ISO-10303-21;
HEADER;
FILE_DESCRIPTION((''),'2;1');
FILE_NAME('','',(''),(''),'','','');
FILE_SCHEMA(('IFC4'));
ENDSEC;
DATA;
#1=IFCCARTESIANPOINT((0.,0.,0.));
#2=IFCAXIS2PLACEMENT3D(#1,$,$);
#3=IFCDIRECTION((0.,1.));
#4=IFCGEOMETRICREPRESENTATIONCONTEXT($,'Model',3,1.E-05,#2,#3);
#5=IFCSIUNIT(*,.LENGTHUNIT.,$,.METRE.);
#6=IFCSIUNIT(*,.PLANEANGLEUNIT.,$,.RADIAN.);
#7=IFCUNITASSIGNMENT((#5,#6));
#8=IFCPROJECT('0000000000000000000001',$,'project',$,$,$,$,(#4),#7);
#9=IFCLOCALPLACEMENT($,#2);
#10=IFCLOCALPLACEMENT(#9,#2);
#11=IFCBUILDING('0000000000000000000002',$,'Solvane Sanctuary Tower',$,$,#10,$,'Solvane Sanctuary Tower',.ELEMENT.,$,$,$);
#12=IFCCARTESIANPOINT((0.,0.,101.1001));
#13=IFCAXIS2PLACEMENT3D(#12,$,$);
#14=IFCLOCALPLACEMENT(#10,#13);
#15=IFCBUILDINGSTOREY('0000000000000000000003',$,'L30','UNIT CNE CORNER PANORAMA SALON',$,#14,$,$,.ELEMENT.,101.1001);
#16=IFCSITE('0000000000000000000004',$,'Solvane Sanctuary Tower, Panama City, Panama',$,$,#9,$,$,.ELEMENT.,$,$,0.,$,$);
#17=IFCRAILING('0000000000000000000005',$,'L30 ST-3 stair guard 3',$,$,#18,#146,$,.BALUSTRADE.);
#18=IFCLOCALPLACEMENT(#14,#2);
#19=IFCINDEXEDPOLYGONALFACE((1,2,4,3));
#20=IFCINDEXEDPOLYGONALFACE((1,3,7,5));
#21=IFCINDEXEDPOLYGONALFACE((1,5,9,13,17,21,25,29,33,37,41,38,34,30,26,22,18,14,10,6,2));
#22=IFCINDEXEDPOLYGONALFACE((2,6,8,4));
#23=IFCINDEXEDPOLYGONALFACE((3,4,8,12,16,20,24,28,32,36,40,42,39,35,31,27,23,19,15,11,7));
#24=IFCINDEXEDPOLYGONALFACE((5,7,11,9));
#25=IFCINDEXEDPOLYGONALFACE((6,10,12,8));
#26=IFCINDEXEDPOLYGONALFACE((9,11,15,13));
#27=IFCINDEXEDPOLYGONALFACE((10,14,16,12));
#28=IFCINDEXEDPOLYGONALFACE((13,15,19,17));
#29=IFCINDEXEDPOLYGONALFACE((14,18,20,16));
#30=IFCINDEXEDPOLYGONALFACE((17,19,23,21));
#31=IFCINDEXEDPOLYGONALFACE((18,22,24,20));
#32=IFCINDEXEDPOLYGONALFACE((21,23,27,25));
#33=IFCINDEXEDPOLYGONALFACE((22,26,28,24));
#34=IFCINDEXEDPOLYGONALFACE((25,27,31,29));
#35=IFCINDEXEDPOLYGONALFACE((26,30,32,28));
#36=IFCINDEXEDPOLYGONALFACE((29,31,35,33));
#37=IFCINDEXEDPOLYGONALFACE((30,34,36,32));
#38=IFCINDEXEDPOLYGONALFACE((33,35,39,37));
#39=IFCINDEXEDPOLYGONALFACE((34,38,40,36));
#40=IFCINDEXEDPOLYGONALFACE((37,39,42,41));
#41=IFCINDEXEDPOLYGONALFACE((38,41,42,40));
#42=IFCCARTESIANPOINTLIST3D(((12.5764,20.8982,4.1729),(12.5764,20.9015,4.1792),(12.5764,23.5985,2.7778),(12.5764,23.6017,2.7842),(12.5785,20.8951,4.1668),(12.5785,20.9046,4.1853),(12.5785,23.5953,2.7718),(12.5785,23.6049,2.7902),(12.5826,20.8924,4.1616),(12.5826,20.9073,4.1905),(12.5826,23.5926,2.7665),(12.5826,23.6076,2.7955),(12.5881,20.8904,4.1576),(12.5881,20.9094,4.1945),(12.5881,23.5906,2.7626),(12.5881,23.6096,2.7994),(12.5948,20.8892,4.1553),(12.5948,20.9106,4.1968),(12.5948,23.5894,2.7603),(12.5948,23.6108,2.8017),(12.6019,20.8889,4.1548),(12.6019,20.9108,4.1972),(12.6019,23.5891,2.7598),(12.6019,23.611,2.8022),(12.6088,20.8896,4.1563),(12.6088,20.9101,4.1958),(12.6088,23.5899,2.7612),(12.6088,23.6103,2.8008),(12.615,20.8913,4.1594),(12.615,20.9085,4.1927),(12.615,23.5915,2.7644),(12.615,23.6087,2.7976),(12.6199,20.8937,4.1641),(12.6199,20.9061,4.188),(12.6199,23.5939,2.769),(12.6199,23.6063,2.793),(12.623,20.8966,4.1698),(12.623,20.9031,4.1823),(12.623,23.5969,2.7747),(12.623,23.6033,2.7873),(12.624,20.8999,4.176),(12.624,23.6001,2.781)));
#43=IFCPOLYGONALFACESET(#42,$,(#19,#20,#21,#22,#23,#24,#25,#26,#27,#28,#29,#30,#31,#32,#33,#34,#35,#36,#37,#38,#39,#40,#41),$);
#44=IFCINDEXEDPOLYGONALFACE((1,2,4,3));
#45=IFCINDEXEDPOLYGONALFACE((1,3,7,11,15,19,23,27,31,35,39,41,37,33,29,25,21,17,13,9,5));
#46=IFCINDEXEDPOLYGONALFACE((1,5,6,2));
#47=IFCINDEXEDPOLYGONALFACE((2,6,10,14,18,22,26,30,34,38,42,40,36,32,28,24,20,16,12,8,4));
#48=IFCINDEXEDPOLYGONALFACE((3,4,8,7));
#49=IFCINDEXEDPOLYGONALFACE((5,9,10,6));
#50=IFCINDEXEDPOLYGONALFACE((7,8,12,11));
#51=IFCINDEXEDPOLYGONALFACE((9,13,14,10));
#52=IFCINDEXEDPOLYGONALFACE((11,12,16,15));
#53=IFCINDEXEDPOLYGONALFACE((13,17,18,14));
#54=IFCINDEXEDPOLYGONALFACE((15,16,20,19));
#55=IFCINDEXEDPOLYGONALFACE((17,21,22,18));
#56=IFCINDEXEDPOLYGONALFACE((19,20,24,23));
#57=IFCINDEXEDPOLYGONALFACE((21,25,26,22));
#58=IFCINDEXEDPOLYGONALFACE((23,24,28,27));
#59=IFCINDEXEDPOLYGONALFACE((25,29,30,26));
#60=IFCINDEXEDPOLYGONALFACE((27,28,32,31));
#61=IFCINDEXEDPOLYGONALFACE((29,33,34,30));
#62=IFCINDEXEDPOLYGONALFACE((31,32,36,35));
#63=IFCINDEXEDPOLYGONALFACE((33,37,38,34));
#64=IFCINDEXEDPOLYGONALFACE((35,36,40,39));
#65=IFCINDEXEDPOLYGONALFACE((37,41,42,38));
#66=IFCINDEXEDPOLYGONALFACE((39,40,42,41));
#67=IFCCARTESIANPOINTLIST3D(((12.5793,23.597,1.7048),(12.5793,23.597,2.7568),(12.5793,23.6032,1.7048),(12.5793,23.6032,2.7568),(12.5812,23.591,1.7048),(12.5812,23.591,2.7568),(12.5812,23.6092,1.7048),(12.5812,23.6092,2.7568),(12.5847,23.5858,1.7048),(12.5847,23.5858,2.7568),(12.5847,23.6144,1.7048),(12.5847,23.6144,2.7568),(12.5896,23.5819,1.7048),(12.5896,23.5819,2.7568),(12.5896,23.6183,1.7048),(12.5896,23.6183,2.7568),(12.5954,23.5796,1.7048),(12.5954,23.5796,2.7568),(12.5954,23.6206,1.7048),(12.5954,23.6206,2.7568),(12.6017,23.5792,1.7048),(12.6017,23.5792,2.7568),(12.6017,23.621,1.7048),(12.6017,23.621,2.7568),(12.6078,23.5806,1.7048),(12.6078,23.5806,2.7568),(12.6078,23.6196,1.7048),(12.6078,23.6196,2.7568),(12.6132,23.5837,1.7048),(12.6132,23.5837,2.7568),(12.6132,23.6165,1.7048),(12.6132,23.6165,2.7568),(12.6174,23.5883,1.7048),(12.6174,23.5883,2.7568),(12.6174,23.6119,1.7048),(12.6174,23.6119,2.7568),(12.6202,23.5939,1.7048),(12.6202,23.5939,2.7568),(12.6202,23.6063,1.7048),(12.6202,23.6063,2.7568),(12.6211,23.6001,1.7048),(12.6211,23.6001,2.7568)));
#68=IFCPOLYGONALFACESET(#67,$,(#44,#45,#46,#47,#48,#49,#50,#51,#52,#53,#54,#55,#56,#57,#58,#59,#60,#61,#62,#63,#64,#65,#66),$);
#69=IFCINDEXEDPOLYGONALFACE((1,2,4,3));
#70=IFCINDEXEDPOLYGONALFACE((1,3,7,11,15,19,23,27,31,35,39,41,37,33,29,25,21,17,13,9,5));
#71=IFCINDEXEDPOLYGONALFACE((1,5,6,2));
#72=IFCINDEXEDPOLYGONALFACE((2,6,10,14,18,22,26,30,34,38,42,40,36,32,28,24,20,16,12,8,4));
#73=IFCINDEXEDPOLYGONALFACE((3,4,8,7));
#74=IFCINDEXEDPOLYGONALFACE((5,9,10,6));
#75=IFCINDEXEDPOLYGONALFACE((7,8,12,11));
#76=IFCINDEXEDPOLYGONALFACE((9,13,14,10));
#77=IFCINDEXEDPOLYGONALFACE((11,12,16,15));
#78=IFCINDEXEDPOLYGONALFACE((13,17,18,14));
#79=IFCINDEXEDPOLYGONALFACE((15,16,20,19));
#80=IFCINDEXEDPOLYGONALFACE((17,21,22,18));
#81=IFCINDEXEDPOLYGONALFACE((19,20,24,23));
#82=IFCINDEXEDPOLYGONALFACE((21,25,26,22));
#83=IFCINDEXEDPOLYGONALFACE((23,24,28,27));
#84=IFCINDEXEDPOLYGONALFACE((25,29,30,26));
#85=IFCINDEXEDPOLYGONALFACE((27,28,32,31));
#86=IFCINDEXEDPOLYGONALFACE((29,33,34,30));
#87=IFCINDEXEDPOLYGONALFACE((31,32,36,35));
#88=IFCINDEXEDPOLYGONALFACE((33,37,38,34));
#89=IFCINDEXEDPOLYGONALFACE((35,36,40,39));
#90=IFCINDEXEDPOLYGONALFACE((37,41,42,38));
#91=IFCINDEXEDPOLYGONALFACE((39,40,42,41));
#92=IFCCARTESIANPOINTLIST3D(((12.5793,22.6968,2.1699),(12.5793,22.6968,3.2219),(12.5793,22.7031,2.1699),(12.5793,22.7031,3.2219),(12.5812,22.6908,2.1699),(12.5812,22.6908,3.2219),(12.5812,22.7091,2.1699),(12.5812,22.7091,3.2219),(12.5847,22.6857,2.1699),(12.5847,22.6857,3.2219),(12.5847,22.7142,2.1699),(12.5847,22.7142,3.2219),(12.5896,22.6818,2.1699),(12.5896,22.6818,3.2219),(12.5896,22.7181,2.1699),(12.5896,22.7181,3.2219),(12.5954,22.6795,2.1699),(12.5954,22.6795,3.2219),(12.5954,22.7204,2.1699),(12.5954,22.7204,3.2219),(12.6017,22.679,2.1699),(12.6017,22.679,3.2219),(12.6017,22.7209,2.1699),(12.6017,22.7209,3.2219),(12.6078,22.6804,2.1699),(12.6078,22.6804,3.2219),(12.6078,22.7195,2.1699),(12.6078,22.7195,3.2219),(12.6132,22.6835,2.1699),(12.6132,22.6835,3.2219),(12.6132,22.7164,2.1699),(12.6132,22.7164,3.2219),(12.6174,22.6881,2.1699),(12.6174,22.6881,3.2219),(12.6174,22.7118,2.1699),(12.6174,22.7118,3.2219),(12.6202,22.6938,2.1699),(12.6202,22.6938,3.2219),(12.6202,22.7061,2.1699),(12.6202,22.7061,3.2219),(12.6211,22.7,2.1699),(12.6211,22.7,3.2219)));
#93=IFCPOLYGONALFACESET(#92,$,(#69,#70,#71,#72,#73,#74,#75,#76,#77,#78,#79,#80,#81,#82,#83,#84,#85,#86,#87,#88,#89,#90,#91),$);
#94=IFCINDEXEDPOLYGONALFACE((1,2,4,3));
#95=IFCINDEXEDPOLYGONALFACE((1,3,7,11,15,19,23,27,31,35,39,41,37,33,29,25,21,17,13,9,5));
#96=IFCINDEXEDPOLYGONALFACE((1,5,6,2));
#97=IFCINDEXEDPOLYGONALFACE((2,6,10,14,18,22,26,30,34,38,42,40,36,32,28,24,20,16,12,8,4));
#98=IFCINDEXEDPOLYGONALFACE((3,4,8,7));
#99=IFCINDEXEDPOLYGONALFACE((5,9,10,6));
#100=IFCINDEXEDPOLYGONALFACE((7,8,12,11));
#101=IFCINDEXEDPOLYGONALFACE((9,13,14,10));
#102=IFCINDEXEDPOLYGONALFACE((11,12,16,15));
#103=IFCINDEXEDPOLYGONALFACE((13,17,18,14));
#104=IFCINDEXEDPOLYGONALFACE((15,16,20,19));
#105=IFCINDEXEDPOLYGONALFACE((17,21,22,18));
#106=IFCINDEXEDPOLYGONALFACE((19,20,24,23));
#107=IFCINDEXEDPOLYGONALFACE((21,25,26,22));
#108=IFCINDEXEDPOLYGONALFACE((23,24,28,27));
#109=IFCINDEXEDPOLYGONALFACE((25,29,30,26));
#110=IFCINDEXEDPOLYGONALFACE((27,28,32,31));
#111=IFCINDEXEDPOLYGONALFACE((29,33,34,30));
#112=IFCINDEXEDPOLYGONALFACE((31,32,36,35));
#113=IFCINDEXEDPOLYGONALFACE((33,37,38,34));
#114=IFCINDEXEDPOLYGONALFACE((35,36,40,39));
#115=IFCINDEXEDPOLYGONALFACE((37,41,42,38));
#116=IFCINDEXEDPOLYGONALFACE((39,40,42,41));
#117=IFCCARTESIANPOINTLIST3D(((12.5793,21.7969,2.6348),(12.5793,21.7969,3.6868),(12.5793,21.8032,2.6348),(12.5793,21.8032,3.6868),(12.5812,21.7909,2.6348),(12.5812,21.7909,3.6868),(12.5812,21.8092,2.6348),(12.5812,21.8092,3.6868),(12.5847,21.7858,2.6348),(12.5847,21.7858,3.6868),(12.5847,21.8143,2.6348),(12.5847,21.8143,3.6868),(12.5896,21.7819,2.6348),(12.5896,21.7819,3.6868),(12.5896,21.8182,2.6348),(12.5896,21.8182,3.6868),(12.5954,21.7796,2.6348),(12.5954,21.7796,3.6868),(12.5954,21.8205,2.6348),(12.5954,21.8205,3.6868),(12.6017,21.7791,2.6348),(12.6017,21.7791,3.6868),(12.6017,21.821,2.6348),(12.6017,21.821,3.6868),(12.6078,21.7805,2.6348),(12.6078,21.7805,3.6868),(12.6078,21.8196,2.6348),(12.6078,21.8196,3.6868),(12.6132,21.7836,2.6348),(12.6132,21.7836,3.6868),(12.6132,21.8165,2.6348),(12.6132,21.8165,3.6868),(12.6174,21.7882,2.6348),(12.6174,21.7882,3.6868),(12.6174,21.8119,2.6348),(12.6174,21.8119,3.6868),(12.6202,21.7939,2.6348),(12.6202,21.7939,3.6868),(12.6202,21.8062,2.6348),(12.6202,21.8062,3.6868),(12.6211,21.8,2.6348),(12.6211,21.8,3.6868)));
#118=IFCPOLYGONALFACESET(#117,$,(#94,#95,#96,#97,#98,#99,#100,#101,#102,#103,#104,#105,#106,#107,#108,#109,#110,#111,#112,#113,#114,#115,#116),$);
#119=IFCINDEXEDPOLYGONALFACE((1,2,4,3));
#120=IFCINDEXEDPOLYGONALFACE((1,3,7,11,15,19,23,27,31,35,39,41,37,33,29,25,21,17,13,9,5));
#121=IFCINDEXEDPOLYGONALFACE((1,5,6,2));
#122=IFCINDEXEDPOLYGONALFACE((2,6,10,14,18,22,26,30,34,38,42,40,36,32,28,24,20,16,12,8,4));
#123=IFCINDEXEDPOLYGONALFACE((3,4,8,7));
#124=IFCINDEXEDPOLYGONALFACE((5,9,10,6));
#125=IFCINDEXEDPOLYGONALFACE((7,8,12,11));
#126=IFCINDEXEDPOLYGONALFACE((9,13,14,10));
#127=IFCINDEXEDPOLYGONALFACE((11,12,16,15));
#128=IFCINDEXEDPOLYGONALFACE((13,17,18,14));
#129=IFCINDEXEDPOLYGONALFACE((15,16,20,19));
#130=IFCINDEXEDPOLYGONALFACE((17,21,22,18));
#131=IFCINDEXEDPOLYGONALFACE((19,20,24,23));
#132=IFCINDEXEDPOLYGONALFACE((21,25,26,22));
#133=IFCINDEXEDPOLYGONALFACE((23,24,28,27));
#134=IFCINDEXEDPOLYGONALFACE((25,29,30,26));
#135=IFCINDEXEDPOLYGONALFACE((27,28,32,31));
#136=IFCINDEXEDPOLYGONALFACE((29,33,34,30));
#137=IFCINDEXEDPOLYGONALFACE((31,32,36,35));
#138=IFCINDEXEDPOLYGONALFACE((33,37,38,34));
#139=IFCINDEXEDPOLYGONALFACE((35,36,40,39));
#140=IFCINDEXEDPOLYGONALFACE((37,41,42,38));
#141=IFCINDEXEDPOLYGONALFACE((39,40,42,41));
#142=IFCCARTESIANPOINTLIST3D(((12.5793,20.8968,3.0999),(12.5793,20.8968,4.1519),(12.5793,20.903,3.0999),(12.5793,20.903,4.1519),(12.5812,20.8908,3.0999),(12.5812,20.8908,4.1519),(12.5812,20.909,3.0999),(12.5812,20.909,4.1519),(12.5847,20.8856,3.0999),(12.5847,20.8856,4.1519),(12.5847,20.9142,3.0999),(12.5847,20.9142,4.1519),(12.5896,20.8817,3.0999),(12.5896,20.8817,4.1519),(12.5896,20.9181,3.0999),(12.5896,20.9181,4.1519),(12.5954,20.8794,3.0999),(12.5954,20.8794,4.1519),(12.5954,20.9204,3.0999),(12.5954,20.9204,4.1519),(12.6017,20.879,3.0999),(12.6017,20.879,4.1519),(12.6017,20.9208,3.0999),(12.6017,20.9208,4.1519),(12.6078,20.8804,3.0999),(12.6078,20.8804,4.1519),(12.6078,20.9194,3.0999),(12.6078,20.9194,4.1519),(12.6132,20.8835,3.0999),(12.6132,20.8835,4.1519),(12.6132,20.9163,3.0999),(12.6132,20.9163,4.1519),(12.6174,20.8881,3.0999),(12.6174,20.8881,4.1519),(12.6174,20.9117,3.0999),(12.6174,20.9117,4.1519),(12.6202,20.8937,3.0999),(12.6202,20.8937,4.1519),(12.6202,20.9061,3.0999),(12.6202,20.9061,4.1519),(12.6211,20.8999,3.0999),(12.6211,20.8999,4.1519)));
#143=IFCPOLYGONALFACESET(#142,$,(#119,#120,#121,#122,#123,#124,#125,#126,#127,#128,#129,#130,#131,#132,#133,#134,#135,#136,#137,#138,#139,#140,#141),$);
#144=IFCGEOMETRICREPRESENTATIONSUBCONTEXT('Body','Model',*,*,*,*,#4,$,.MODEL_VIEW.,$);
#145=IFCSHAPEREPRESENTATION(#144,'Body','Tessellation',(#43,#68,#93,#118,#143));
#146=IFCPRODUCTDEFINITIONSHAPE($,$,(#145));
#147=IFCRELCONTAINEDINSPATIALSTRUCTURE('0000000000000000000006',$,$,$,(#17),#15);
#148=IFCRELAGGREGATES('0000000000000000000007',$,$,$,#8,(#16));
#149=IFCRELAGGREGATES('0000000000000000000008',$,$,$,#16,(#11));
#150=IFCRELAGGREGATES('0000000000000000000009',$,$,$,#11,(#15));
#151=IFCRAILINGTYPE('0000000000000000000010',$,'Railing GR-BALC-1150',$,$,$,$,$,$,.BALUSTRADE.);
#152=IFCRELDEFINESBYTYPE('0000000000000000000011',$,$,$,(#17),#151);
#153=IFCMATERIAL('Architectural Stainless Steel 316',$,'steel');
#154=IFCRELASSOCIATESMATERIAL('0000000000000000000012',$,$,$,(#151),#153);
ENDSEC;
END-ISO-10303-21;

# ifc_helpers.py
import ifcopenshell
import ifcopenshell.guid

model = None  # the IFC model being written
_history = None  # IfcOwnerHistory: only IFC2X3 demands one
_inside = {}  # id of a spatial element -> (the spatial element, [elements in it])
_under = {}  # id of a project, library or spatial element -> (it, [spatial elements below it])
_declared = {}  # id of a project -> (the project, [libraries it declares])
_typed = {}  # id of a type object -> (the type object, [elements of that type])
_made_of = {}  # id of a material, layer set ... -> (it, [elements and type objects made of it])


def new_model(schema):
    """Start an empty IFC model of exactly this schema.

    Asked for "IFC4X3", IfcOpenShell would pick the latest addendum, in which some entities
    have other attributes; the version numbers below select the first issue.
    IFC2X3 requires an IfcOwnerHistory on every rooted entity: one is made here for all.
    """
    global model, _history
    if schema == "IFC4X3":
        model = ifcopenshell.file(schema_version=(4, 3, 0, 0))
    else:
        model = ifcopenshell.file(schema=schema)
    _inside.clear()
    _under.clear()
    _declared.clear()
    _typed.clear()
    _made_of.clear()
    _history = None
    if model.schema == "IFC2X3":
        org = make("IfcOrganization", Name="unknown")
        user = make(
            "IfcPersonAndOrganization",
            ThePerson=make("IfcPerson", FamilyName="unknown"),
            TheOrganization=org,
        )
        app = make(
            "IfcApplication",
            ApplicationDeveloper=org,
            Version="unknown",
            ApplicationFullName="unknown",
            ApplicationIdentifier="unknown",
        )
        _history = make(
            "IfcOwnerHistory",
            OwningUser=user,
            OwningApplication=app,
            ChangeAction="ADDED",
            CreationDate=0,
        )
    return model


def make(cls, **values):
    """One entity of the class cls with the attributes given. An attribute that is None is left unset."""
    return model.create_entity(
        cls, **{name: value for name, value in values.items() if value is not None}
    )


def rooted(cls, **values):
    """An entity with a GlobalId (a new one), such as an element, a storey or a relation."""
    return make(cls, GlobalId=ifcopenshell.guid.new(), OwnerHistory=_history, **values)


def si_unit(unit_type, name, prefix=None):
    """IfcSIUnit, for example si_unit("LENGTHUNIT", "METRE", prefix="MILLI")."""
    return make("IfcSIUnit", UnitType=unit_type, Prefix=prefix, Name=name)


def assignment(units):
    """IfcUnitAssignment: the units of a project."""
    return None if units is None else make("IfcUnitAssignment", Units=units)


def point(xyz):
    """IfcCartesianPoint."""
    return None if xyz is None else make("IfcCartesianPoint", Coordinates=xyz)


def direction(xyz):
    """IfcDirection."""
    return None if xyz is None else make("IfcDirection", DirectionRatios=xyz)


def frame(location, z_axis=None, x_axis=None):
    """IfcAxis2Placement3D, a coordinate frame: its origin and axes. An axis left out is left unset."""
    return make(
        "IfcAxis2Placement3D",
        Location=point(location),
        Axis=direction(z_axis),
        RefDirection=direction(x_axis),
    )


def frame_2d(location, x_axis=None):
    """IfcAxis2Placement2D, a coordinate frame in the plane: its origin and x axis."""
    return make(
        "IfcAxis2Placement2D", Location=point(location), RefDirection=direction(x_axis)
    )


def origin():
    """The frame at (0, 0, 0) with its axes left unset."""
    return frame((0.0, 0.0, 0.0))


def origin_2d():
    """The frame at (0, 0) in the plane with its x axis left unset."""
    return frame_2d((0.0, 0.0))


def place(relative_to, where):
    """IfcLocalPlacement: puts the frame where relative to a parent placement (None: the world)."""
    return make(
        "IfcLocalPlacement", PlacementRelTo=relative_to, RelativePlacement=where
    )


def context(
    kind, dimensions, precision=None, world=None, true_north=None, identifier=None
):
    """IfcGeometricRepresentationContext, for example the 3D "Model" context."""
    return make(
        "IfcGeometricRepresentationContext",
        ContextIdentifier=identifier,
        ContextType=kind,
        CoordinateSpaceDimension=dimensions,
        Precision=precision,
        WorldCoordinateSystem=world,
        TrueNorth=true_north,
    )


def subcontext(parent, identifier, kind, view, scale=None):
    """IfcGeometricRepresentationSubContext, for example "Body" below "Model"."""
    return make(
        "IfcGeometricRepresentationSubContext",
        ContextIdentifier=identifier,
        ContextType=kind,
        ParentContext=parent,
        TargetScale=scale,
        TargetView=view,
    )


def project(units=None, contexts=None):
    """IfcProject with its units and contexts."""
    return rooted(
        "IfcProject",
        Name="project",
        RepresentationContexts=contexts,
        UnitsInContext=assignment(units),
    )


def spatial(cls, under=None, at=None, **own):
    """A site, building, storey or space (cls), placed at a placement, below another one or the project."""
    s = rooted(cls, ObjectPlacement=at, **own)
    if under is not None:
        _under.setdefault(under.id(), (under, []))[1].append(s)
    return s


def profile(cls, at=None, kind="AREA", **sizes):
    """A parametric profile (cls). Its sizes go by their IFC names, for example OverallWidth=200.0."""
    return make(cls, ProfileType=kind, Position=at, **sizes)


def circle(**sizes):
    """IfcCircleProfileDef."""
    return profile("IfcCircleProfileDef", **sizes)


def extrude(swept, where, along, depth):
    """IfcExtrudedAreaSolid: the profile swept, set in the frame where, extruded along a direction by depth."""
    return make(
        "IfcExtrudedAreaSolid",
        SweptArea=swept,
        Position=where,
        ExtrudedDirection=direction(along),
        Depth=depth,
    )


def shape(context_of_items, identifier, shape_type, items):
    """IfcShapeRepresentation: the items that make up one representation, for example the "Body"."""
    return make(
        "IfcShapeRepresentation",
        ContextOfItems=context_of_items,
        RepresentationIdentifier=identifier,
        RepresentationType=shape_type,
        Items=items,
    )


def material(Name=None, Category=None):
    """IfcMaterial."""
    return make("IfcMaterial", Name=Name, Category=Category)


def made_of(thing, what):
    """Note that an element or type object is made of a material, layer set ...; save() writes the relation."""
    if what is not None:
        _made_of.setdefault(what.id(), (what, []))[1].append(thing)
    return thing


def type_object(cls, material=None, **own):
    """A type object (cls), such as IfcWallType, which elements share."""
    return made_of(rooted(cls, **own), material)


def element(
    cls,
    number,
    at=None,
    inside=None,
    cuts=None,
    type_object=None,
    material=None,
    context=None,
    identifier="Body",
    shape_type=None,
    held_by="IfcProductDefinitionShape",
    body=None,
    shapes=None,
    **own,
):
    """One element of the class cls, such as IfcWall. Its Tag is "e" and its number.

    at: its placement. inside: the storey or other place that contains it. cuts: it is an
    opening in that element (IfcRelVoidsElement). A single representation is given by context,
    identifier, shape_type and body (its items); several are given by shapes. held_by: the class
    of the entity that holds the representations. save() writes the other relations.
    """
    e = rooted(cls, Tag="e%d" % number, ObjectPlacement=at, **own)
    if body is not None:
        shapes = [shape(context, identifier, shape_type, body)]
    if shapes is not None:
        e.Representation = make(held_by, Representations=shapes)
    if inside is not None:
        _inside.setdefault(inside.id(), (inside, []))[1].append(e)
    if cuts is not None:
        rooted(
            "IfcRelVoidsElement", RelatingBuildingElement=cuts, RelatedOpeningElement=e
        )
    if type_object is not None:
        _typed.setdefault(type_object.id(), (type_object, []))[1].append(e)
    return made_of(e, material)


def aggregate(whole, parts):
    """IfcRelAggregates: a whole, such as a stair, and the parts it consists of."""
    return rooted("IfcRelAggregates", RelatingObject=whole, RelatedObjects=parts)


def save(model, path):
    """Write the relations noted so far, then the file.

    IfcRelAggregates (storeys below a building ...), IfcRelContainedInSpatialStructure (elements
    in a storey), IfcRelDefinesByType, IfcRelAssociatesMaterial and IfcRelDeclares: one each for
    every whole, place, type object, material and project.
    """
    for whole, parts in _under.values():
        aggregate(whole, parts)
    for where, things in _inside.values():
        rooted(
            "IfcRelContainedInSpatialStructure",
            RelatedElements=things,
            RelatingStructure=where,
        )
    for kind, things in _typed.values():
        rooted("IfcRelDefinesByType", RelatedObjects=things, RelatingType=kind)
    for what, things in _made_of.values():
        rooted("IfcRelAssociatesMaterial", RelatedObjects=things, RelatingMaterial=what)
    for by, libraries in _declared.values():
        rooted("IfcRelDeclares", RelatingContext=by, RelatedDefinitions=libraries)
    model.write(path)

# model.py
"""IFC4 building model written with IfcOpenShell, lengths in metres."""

from ifc_helpers import new_model, si_unit, direction, frame, origin, origin_2d, place, context, subcontext, project, spatial, circle, extrude, material, type_object, element, save


model = new_model("IFC4")

# Units and contexts
model_context = context("Model", 3, precision=1e-05, world=origin(), true_north=direction((0.0, 1.0)))
body_context = subcontext(model_context, "Body", "Model", "MODEL_VIEW")
ifc_project = project(units=[si_unit("LENGTHUNIT", "METRE"), si_unit("PLANEANGLEUNIT", "RADIAN")], contexts=[model_context])

# Site, building, storey
site_placement = place(None, origin())
site = spatial("IfcSite", under=ifc_project, at=site_placement, Name="Solvane Sanctuary Tower, Panama City, Panama", CompositionType="ELEMENT", RefElevation=0.0)
building_placement = place(site_placement, origin())
building = spatial("IfcBuilding", under=site, at=building_placement, Name="Solvane Sanctuary Tower", LongName="Solvane Sanctuary Tower", CompositionType="ELEMENT")
storey_placement = place(building_placement, frame((0.0, 0.0, 101.1001)))
storey = spatial("IfcBuildingStorey", under=building, at=storey_placement, Name="L30", Description="UNIT CNE CORNER PANORAMA SALON", CompositionType="ELEMENT", Elevation=101.1001)

# Railing
ifc_material_1 = material(Name="Architectural Stainless Steel 316", Category="steel")
railing_type_1 = type_object("IfcRailingType", Name="Railing GR-BALC-1150", PredefinedType="BALUSTRADE", material=ifc_material_1)
railing_1_placement = place(storey_placement, frame((12.6001, 23.6001, 1.7048)))
element("IfcRailing", 1, at=railing_1_placement, inside=storey, type_object=railing_type_1, Name="L30 ST-3 stair guard 3", PredefinedType="BALUSTRADE", context=body_context, shape_type="SweptSolid", body=[
    extrude(circle(Radius=0.0239, at=origin_2d()), frame((0.0, 0.0, 1.0762), z_axis=(0.0, -0.888437, 0.458999), x_axis=(1.0, 0.0, 0.0)), (0.0, 0.0, 1.0), 3.0393),
    extrude(circle(Radius=0.021, at=origin_2d()), origin(), (0.0, 0.0, 1.0), 1.052),
    extrude(circle(Radius=0.021, at=origin_2d()), frame((0.0, -0.9001, 0.4651)), (0.0, 0.0, 1.0), 1.052),
    extrude(circle(Radius=0.021, at=origin_2d()), frame((0.0, -1.8, 0.9299)), (0.0, 0.0, 1.0), 1.052),
    extrude(circle(Radius=0.021, at=origin_2d()), frame((0.0, -2.7002, 1.395)), (0.0, 0.0, 1.0), 1.052),
])

save(model, "model.ifc")
